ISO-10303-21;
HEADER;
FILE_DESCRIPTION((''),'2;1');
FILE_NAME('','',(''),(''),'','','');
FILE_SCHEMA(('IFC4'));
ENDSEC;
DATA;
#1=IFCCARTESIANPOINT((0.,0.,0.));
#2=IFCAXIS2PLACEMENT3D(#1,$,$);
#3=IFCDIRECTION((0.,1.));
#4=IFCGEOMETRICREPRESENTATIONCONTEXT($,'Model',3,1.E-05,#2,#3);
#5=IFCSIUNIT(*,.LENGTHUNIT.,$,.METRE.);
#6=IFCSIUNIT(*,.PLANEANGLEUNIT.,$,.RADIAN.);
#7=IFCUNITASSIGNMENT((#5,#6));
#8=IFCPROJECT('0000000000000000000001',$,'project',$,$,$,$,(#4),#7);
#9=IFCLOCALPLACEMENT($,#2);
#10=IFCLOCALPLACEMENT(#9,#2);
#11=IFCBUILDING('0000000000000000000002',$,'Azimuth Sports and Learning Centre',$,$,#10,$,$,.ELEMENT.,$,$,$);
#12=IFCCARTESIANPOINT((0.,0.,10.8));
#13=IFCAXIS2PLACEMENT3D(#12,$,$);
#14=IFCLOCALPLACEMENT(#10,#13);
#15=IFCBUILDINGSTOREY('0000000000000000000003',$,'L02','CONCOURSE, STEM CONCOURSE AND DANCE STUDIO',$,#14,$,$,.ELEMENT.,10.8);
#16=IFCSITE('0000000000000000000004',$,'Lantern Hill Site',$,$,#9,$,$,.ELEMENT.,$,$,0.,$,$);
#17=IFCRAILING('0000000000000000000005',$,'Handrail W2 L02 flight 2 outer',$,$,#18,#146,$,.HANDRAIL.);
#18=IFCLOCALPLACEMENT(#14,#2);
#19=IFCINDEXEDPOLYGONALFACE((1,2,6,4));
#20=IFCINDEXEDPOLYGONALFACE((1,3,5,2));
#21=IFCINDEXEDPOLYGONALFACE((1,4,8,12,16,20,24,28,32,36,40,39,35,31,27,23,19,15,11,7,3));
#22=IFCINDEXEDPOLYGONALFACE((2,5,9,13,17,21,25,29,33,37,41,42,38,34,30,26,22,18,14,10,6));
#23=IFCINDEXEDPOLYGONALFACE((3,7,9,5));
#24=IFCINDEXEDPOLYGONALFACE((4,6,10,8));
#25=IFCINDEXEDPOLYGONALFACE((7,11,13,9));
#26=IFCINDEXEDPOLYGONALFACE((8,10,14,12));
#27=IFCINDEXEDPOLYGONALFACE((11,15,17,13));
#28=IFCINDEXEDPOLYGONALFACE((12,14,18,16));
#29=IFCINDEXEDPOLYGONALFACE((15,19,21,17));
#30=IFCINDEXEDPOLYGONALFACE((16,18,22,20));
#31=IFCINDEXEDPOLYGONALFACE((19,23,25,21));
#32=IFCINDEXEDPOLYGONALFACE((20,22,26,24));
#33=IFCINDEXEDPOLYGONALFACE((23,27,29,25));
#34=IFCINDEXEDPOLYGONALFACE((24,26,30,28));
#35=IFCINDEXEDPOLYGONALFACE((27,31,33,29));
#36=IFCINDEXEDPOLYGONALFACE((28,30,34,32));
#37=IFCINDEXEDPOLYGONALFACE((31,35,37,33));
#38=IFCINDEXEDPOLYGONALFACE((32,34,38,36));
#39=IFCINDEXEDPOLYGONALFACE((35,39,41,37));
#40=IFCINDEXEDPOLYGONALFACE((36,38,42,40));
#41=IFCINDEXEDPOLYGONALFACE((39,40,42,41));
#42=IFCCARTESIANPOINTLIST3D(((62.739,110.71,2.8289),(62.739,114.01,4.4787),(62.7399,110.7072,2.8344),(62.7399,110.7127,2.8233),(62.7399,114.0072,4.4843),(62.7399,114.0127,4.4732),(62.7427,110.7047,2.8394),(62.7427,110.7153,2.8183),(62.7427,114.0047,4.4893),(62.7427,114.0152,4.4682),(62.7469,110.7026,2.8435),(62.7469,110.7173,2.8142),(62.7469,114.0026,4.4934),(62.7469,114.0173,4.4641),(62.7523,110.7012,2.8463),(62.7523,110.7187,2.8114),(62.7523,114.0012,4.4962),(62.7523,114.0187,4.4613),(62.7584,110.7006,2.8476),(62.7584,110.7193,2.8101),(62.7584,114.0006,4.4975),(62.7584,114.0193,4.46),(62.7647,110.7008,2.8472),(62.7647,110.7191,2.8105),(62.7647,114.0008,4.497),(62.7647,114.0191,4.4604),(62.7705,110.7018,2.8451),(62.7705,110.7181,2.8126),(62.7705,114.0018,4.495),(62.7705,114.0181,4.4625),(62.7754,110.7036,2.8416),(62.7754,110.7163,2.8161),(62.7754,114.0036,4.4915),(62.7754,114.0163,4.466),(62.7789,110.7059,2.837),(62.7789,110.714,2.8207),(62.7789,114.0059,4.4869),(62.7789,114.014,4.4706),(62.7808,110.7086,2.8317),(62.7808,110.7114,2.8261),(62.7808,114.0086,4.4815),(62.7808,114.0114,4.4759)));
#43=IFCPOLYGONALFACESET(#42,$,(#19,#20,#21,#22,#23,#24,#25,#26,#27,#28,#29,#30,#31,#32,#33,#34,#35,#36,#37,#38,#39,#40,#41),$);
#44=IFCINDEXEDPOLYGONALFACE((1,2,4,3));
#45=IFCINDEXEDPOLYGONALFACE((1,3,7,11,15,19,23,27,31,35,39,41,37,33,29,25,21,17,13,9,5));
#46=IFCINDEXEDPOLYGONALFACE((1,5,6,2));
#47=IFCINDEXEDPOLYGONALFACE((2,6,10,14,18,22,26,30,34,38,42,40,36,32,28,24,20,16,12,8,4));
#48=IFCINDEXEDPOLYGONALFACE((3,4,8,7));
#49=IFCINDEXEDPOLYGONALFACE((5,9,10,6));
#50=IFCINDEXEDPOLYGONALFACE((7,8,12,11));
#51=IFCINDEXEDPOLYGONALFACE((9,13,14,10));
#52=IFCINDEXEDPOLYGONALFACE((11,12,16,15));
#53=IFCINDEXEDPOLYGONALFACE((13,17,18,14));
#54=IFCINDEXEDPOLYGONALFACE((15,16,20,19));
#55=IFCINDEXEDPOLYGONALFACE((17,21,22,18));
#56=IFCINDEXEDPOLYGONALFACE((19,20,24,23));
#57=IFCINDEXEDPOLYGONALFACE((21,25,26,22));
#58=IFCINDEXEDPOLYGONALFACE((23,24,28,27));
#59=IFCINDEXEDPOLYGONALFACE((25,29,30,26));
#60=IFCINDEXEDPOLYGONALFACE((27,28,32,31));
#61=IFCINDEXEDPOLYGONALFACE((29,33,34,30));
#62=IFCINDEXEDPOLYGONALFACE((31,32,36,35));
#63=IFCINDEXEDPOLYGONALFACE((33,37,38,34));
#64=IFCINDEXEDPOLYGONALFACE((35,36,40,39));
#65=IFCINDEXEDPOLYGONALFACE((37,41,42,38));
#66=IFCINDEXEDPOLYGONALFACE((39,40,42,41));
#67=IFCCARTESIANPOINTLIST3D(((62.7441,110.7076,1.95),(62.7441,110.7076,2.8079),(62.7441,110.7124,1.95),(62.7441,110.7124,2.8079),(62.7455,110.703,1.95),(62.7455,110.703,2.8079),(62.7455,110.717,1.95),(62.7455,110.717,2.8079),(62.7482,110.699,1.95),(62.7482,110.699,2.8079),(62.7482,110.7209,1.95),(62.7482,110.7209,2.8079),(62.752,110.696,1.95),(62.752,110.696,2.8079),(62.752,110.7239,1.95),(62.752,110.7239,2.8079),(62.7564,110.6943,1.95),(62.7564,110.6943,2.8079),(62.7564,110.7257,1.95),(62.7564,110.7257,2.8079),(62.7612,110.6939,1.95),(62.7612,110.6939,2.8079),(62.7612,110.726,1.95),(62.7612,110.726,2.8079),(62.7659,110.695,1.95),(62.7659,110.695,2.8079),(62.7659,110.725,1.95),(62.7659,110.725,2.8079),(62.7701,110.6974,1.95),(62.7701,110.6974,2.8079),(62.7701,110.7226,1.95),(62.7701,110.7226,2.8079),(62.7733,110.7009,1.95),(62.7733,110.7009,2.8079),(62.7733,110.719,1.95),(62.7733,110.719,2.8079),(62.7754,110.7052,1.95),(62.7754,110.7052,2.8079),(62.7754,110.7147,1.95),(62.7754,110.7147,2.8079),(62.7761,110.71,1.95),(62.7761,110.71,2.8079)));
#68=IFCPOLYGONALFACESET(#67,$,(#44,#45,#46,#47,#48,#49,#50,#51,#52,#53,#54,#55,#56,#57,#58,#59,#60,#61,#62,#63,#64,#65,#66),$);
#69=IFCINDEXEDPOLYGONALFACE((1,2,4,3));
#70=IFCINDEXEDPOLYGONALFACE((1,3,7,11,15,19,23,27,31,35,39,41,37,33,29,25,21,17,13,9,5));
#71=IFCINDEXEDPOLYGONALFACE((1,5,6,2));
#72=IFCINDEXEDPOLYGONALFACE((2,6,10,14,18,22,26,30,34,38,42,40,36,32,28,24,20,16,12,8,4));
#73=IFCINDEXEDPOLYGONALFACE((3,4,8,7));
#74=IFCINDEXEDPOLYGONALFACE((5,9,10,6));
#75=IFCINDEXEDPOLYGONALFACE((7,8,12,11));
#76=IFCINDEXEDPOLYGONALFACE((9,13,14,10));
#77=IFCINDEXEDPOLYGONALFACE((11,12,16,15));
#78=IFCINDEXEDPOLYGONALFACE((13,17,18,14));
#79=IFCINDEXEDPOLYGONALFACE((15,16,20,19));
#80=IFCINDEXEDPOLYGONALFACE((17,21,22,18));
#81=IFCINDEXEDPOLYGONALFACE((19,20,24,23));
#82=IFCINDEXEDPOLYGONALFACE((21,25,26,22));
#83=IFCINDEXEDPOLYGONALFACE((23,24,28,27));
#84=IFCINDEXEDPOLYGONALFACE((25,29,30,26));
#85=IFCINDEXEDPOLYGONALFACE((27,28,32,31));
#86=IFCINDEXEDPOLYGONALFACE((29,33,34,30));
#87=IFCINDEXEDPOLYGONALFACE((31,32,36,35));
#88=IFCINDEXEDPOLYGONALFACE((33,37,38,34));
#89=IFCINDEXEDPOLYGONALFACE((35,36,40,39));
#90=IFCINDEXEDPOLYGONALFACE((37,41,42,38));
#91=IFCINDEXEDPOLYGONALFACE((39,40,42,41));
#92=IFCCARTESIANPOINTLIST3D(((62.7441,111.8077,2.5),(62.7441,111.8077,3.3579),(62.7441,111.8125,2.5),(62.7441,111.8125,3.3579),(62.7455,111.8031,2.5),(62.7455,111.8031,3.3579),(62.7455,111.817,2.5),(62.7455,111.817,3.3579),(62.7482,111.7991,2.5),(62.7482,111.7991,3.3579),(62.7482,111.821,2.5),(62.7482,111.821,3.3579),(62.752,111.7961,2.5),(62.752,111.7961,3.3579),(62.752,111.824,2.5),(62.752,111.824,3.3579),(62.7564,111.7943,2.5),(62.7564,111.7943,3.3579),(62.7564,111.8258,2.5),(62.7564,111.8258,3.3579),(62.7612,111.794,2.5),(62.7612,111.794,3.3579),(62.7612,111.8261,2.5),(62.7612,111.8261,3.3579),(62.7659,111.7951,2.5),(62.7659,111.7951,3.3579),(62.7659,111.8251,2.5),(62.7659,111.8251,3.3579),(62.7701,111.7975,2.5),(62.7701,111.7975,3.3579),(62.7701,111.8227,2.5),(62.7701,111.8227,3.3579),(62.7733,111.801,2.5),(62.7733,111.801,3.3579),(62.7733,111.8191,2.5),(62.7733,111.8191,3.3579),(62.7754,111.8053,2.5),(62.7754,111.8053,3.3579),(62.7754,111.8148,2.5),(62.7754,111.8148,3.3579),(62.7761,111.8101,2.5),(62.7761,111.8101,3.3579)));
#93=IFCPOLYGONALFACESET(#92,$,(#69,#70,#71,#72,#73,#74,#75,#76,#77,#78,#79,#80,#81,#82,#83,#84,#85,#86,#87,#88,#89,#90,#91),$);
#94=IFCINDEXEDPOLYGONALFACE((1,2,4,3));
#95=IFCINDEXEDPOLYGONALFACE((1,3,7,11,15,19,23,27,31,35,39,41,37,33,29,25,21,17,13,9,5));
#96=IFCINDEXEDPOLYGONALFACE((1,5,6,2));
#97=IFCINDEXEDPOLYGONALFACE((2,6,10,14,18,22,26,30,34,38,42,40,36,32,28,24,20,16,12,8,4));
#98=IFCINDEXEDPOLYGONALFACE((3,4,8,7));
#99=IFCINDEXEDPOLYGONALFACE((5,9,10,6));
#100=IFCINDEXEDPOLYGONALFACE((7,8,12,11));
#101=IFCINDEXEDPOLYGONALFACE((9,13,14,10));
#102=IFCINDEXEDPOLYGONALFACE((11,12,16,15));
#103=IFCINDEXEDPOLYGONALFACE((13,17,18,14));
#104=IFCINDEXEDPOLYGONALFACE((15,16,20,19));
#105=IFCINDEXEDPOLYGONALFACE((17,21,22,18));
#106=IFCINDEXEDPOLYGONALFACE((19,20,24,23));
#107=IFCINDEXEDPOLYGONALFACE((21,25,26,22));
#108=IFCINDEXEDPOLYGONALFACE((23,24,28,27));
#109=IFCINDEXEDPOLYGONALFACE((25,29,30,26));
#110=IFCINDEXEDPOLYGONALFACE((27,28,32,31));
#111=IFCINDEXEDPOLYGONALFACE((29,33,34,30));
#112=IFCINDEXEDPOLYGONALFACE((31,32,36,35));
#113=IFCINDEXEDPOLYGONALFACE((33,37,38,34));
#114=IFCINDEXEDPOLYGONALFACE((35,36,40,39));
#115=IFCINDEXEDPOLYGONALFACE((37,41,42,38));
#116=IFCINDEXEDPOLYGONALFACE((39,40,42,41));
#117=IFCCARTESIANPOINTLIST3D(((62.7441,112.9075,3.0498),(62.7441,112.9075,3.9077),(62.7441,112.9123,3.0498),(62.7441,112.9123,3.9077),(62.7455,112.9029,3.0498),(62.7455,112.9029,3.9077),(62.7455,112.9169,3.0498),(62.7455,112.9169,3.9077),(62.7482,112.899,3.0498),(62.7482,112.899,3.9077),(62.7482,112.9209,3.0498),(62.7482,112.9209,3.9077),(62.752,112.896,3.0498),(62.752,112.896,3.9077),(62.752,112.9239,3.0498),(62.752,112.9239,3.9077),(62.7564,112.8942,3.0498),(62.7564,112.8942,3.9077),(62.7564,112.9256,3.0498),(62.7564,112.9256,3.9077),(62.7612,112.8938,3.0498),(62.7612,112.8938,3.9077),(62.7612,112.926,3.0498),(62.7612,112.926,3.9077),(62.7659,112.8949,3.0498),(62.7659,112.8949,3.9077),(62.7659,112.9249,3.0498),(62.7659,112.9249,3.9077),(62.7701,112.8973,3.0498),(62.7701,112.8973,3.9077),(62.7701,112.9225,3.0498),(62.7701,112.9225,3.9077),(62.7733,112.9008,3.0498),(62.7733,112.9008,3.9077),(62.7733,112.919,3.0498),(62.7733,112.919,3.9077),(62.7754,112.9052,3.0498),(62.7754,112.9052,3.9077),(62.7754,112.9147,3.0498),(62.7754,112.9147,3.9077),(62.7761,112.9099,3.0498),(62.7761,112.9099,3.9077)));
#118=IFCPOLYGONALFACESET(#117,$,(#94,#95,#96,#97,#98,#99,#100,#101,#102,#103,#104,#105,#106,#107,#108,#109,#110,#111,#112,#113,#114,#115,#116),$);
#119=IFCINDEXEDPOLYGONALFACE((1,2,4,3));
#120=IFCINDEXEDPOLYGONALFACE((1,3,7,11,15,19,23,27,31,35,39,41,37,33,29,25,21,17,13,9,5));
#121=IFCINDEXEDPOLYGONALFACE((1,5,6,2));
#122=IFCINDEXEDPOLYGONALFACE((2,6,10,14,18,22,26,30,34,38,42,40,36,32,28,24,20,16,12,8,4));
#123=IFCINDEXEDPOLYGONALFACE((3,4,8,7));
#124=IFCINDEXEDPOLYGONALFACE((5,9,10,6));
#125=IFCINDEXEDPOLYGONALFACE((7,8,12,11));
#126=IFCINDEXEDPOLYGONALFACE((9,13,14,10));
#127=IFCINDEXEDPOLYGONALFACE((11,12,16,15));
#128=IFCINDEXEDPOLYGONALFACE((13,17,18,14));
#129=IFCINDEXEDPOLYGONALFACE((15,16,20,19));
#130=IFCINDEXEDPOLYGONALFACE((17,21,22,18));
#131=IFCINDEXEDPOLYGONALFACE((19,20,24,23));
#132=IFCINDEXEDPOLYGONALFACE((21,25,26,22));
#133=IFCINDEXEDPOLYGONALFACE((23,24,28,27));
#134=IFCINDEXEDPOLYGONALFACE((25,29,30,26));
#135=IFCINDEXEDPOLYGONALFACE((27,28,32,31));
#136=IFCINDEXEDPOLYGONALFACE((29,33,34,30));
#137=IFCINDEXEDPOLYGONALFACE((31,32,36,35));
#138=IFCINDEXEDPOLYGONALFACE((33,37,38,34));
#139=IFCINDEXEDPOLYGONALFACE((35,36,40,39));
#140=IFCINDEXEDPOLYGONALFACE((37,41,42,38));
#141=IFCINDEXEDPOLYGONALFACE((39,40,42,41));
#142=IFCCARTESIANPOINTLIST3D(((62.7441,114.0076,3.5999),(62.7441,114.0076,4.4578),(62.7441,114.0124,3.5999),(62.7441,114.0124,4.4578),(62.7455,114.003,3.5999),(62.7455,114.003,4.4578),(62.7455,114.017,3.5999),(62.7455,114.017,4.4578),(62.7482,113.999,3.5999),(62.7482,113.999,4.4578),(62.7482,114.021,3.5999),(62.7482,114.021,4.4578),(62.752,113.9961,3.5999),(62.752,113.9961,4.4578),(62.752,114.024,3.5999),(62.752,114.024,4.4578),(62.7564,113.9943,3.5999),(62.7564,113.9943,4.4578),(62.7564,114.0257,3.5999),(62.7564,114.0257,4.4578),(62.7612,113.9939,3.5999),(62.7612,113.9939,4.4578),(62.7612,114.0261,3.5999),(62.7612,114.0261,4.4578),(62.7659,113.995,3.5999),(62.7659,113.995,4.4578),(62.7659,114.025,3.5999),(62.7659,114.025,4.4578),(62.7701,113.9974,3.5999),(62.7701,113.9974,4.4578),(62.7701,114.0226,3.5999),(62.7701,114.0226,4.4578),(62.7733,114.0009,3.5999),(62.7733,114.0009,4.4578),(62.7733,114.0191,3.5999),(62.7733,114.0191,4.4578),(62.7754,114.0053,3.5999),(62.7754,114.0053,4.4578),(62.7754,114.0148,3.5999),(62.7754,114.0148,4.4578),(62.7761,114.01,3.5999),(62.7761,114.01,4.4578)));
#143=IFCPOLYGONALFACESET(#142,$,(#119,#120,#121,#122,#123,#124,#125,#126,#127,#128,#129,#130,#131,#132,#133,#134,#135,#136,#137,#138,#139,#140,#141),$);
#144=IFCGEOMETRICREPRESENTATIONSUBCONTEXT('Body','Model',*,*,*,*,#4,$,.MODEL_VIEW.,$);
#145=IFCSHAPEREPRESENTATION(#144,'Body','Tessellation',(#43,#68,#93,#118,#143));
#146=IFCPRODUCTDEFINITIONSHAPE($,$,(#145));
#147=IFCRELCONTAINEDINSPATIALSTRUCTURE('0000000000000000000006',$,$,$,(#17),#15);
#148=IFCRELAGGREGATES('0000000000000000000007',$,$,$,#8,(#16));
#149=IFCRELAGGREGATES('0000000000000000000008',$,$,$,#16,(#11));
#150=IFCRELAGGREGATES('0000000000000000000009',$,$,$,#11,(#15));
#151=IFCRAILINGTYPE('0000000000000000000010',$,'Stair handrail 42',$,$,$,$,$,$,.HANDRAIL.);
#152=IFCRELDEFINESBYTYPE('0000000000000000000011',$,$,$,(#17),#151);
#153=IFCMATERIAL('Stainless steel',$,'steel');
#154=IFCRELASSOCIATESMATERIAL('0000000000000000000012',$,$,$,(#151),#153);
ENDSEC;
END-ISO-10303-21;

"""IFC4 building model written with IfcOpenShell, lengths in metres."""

from ifc_helpers import new_model, si_unit, direction, frame, origin, origin_2d, place, context, subcontext, project, spatial, circle, extrude, material, type_object, element, save


model = new_model("IFC4")

# Units and contexts
model_context = context("Model", 3, precision=1e-05, world=origin(), true_north=direction((0.0, 1.0)))
body_context = subcontext(model_context, "Body", "Model", "MODEL_VIEW")
ifc_project = project(units=[si_unit("LENGTHUNIT", "METRE"), si_unit("PLANEANGLEUNIT", "RADIAN")], contexts=[model_context])

# Site, building, storey
site_placement = place(None, origin())
site = spatial("IfcSite", under=ifc_project, at=site_placement, Name="Lantern Hill Site", CompositionType="ELEMENT", RefElevation=0.0)
building_placement = place(site_placement, origin())
building = spatial("IfcBuilding", under=site, at=building_placement, Name="Azimuth Sports and Learning Centre", CompositionType="ELEMENT")
storey_placement = place(building_placement, frame((0.0, 0.0, 10.8)))
storey = spatial("IfcBuildingStorey", under=building, at=storey_placement, Name="L02", Description="CONCOURSE, STEM CONCOURSE AND DANCE STUDIO", CompositionType="ELEMENT", Elevation=10.8)

# Railing
ifc_material_1 = material(Name="Stainless steel", Category="steel")
railing_type_1 = type_object("IfcRailingType", Name="Stair handrail 42", PredefinedType="HANDRAIL", material=ifc_material_1)
for number, where, name in (
    (1, (62.76, 110.71, 1.95), "Handrail W2 L02 flight 2 outer"),
):
    element("IfcRailing", number, at=place(storey_placement, frame(where)), inside=storey, type_object=railing_type_1, Name=name, PredefinedType="HANDRAIL", context=body_context, shape_type="SweptSolid", body=[
        extrude(circle(Radius=0.021, at=origin_2d()), frame((0.0, 0.0, 0.8789), z_axis=(0.0, 0.89444, 0.447187), x_axis=(-1.0, 0.0, 0.0)), (0.0, 0.0, 1.0), 3.6895),
        extrude(circle(Radius=0.0161, at=origin_2d()), origin(), (0.0, 0.0, 1.0), 0.8579),
        extrude(circle(Radius=0.0161, at=origin_2d()), frame((0.0, 1.1001, 0.55)), (0.0, 0.0, 1.0), 0.8579),
        extrude(circle(Radius=0.0161, at=origin_2d()), frame((0.0, 2.2, 1.0999)), (0.0, 0.0, 1.0), 0.8579),
        extrude(circle(Radius=0.0161, at=origin_2d()), frame((0.0, 3.3, 1.6499)), (0.0, 0.0, 1.0), 0.8579),
    ])

save(model, "model.ifc")
